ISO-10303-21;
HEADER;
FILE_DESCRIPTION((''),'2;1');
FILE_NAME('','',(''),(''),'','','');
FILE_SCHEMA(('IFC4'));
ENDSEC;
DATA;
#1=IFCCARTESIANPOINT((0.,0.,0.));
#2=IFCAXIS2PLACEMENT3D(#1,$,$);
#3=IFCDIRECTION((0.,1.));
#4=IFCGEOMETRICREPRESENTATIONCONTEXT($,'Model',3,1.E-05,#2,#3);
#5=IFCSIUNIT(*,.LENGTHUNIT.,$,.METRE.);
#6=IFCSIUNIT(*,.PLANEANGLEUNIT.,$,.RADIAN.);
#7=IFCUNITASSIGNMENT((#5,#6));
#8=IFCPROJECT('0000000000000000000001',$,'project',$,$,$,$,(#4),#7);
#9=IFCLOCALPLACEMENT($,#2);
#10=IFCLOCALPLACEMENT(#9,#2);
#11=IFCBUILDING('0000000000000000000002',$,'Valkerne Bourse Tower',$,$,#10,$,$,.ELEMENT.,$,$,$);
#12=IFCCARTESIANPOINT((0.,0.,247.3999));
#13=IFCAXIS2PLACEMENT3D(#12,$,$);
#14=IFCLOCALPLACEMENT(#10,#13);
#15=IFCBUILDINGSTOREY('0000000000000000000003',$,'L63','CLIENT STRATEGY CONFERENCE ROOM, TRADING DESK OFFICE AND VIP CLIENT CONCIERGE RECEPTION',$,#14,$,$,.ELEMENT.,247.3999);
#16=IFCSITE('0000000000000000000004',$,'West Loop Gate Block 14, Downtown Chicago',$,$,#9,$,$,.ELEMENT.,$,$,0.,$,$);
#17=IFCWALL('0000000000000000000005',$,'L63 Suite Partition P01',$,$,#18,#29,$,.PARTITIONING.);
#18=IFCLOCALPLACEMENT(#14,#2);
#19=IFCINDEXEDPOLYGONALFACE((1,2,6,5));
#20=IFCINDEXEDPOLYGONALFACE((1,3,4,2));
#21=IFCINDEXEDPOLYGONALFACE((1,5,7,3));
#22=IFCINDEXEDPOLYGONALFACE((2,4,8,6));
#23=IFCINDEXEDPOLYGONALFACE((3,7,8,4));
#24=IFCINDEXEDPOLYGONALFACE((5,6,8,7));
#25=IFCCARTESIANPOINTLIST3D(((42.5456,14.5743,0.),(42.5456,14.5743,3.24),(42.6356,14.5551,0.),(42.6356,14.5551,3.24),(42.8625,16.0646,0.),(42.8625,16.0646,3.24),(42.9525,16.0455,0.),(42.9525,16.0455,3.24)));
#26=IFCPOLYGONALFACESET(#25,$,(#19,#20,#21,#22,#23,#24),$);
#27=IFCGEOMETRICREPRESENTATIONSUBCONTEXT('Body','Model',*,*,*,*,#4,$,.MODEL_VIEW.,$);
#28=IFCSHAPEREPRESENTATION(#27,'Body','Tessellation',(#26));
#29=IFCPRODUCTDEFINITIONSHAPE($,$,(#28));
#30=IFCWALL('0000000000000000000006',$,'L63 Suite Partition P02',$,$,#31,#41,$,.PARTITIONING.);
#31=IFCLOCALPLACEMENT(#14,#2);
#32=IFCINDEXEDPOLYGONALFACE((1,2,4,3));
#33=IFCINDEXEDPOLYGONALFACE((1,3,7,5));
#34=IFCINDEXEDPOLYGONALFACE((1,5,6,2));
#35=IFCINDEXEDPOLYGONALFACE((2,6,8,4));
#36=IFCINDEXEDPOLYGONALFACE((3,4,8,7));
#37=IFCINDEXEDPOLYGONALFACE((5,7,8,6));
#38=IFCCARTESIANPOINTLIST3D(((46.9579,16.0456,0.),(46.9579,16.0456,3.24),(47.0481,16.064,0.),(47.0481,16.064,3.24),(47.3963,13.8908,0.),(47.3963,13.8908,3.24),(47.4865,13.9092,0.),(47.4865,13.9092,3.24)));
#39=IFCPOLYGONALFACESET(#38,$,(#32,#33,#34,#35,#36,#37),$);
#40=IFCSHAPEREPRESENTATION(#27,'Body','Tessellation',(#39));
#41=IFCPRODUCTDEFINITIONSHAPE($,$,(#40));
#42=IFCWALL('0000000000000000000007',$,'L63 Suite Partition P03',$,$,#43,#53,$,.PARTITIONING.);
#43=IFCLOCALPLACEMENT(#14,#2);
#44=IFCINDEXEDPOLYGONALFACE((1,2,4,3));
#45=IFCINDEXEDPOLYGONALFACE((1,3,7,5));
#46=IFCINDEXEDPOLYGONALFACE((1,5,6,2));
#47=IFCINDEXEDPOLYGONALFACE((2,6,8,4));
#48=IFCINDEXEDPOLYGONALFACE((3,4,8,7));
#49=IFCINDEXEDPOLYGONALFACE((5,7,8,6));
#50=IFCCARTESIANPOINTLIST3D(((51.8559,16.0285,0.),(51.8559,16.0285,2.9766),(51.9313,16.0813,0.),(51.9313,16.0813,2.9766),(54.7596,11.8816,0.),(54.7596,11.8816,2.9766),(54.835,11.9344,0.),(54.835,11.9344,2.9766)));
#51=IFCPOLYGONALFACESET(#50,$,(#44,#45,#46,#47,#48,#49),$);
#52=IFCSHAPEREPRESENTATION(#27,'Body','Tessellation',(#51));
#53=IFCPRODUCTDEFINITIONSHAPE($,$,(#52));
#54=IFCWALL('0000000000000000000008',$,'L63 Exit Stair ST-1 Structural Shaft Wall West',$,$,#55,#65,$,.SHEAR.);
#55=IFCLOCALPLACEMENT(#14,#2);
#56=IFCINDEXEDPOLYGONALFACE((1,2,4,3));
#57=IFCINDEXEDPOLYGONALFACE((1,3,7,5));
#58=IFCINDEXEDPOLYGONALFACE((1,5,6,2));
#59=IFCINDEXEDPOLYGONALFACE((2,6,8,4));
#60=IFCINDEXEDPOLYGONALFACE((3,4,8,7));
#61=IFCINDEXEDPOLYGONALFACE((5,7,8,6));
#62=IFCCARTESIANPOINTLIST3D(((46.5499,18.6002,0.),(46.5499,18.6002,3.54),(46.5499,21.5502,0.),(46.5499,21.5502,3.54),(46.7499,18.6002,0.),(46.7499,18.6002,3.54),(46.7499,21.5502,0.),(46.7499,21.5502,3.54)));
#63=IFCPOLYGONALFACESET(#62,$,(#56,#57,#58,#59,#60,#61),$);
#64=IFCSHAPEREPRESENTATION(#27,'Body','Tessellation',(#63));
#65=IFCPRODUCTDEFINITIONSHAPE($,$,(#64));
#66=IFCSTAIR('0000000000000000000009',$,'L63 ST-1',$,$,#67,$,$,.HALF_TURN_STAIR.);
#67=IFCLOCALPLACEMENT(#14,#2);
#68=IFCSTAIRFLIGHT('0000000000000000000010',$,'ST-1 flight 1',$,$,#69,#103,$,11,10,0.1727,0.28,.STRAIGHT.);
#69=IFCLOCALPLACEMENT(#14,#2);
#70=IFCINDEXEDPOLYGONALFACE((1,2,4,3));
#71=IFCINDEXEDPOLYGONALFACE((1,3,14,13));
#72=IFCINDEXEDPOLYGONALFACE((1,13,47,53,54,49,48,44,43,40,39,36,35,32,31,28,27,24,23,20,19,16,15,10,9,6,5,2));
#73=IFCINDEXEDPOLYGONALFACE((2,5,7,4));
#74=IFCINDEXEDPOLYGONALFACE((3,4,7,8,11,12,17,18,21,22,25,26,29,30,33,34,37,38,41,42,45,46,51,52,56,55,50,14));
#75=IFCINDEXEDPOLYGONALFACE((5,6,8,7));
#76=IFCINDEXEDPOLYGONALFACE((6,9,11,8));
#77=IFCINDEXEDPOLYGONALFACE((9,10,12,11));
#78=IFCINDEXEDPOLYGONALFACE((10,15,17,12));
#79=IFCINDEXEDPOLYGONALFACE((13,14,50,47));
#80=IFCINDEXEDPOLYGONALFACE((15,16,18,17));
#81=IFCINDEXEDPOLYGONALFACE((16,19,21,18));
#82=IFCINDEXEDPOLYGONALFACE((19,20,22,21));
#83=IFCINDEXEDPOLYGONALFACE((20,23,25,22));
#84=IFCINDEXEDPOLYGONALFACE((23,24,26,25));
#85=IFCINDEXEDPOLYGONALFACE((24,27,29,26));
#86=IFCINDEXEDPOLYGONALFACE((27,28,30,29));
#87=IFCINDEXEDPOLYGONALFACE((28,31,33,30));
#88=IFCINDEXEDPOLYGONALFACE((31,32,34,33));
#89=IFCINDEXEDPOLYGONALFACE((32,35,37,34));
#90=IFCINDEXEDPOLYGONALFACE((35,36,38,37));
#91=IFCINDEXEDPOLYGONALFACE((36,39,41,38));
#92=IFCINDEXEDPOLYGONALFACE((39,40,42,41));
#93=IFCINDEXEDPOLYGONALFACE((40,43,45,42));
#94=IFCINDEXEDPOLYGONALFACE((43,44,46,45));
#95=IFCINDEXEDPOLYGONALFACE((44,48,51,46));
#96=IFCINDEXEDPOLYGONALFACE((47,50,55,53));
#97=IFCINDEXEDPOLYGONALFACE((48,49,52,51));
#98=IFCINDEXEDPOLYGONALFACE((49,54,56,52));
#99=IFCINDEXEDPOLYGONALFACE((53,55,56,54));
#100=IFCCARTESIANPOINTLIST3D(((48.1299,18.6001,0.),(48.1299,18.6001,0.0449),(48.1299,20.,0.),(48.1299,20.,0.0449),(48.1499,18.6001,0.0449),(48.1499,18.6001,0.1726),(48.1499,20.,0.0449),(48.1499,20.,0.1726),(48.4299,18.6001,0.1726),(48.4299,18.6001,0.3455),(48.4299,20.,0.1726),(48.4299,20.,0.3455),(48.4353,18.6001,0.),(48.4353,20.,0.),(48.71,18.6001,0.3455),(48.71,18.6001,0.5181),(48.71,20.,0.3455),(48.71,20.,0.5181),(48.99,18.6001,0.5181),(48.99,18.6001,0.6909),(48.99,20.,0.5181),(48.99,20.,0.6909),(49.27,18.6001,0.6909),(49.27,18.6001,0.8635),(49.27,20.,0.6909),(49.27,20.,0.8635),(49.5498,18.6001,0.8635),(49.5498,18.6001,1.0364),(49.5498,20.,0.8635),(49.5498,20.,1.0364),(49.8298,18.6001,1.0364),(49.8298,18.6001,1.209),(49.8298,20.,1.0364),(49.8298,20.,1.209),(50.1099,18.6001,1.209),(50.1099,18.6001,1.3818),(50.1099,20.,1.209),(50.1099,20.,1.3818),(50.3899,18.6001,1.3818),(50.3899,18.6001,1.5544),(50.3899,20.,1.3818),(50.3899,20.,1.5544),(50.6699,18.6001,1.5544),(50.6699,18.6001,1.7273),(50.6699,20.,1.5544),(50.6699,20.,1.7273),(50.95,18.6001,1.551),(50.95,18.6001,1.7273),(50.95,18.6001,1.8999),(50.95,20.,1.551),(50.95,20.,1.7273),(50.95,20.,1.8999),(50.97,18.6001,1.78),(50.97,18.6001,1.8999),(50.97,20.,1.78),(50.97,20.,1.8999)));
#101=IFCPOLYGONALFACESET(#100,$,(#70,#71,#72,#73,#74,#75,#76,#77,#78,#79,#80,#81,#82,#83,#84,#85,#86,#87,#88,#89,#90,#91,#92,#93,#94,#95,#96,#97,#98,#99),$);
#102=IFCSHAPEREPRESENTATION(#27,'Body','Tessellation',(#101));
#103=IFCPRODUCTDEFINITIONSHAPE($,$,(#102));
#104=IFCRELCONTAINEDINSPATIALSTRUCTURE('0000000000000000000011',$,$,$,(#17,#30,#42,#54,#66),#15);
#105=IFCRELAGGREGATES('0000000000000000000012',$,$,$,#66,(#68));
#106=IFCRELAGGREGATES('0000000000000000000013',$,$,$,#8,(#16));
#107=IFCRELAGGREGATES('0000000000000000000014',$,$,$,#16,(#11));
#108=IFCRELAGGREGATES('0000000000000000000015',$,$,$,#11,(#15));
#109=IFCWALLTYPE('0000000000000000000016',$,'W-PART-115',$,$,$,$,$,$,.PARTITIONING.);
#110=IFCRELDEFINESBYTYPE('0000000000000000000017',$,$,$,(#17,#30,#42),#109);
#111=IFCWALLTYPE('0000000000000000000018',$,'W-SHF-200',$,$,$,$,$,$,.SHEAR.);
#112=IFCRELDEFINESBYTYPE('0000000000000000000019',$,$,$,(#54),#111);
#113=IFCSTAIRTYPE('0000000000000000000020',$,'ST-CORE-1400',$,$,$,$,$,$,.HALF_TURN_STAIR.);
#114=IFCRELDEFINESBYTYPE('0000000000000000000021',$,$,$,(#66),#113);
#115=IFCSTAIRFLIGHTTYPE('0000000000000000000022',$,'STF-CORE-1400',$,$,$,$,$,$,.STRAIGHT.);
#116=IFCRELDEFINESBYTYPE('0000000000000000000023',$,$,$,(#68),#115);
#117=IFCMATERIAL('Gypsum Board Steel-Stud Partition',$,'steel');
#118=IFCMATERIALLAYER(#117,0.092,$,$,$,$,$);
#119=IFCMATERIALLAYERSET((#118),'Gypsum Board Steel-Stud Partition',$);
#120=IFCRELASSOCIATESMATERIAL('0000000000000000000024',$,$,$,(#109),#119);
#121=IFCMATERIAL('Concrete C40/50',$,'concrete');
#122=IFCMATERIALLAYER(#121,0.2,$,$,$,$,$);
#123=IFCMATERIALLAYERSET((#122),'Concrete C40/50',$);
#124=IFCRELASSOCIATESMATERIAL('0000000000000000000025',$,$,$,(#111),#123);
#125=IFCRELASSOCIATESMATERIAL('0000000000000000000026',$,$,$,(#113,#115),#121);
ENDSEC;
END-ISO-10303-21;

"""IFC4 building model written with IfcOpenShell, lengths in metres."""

from ifc_helpers import new_model, si_unit, direction, frame, frame_2d, origin, place, context, subcontext, project, spatial, polyline, rectangle, outline, extrude, material, layer, layer_set, type_object, element, aggregate, save


model = new_model("IFC4")

# Units and contexts
model_context = context("Model", 3, precision=1e-05, world=origin(), true_north=direction((0.0, 1.0)))
body_context = subcontext(model_context, "Body", "Model", "MODEL_VIEW")
ifc_project = project(units=[si_unit("LENGTHUNIT", "METRE"), si_unit("PLANEANGLEUNIT", "RADIAN")], contexts=[model_context])

# Site, building, storey
site_placement = place(None, origin())
site = spatial("IfcSite", under=ifc_project, at=site_placement, Name="West Loop Gate Block 14, Downtown Chicago", CompositionType="ELEMENT", RefElevation=0.0)
building_placement = place(site_placement, origin())
building = spatial("IfcBuilding", under=site, at=building_placement, Name="Valkerne Bourse Tower", CompositionType="ELEMENT")
storey_placement = place(building_placement, frame((0.0, 0.0, 247.3999)))
storey = spatial("IfcBuildingStorey", under=building, at=storey_placement, Name="L63", Description="CLIENT STRATEGY CONFERENCE ROOM, TRADING DESK OFFICE AND VIP CLIENT CONCIERGE RECEPTION", CompositionType="ELEMENT", Elevation=247.3999)

# Shared definitions
ifc_material_1 = material(Name="Gypsum Board Steel-Stud Partition", Category="steel")

# Walls
ifc_layer_1 = layer(ifc_material_1, 0.092)
ifc_layer_set_1 = layer_set([ifc_layer_1], Name="Gypsum Board Steel-Stud Partition")
wall_type_1 = type_object("IfcWallType", Name="W-PART-115", PredefinedType="PARTITIONING", material=ifc_layer_set_1)
wall_1_placement = place(storey_placement, frame((42.9075, 16.0549, 0.0), z_axis=(0.0, 0.0, 1.0), x_axis=(-0.207964, -0.978136, 0.0)))
element("IfcWall", 1, at=wall_1_placement, inside=storey, type_object=wall_type_1, Name="L63 Suite Partition P01", PredefinedType="PARTITIONING", context=body_context, shape_type="SweptSolid", body=[
    extrude(rectangle(XDim=1.5237, YDim=0.092, at=frame_2d((0.7617, 0.0))), origin(), (0.0, 0.0, 1.0), 3.24),
])
wall_2_placement = place(storey_placement, frame((47.0029, 16.0549, 0.0), z_axis=(0.0, 0.0, 1.0), x_axis=(0.199403, -0.979918, 0.0)))
element("IfcWall", 2, at=wall_2_placement, inside=storey, type_object=wall_type_1, Name="L63 Suite Partition P02", PredefinedType="PARTITIONING", context=body_context, shape_type="SweptSolid", body=[
    extrude(rectangle(XDim=2.199, YDim=0.092, at=frame_2d((1.0996, 0.0))), origin(), (0.0, 0.0, 1.0), 3.24),
])
wall_3_placement = place(storey_placement, frame((51.8936, 16.0549, 0.0), z_axis=(0.0, 0.0, 1.0), x_axis=(0.573585, -0.819146, 0.0)))
element("IfcWall", 3, at=wall_3_placement, inside=storey, type_object=wall_type_1, Name="L63 Suite Partition P03", PredefinedType="PARTITIONING", context=body_context, shape_type="SweptSolid", body=[
    extrude(rectangle(XDim=5.0625, YDim=0.092, at=frame_2d((2.5312, 0.0))), origin(), (0.0, 0.0, 1.0), 2.9766),
])
ifc_material_2 = material(Name="Concrete C40/50", Category="concrete")
ifc_layer_2 = layer(ifc_material_2, 0.2)
ifc_layer_set_2 = layer_set([ifc_layer_2], Name="Concrete C40/50")
wall_type_2 = type_object("IfcWallType", Name="W-SHF-200", PredefinedType="SHEAR", material=ifc_layer_set_2)
wall_4_placement = place(storey_placement, frame((46.6499, 18.6001, 0.0), z_axis=(0.0, 0.0, 1.0), x_axis=(0.0, 1.0, 0.0)))
element("IfcWall", 4, at=wall_4_placement, inside=storey, type_object=wall_type_2, Name="L63 Exit Stair ST-1 Structural Shaft Wall West", PredefinedType="SHEAR", context=body_context, shape_type="SweptSolid", body=[
    extrude(rectangle(XDim=2.95, YDim=0.2, at=frame_2d((1.4751, 0.0))), origin(), (0.0, 0.0, 1.0), 3.54),
])

# Stair, stair flight
stair_type = type_object("IfcStairType", Name="ST-CORE-1400", PredefinedType="HALF_TURN_STAIR", material=ifc_material_2)
stair_placement = place(storey_placement, origin())
stair = element("IfcStair", 5, at=stair_placement, inside=storey, type_object=stair_type, Name="L63 ST-1", PredefinedType="HALF_TURN_STAIR")
stair_flight_type = type_object("IfcStairFlightType", Name="STF-CORE-1400", PredefinedType="STRAIGHT", material=ifc_material_2)
stair_flight_placement = place(storey_placement, frame((48.1499, 19.3, 0.0), z_axis=(0.0, 0.0, 1.0), x_axis=(1.0, 0.0, 0.0)))
stair_flight = element("IfcStairFlight", 6, at=stair_flight_placement, type_object=stair_flight_type, Name="ST-1 flight 1", NumberOfRisers=11, NumberOfTreads=10, PredefinedType="STRAIGHT", RiserHeight=0.1727, TreadLength=0.28, context=body_context, shape_type="SweptSolid", body=[
    extrude(outline(polyline([(-0.02, 0.0), (-0.02, 0.0449), (0.0, 0.0449), (0.0, 0.1726), (0.28, 0.1726), (0.28, 0.3455), (0.5601, 0.3455), (0.5601, 0.5181), (0.8401, 0.5181), (0.8401, 0.6909), (1.1201, 0.6909), (1.1201, 0.8635), (1.3999, 0.8635), (1.3999, 1.0364), (1.6799, 1.0364), (1.6799, 1.209), (1.96, 1.209), (1.96, 1.3818), (2.24, 1.3818), (2.24, 1.5544), (2.52, 1.5544), (2.52, 1.7273), (2.8, 1.7273), (2.8, 1.8999), (2.8201, 1.8999), (2.8201, 1.78), (2.8, 1.551), (0.2854, 0.0), (-0.02, 0.0)])), frame((0.0, 0.7, 0.0), z_axis=(0.0, -1.0, 0.0), x_axis=(1.0, 0.0, 0.0)), (0.0, 0.0, 1.0), 1.3999),
])
aggregate(stair, [stair_flight])

save(model, "model.ifc")
